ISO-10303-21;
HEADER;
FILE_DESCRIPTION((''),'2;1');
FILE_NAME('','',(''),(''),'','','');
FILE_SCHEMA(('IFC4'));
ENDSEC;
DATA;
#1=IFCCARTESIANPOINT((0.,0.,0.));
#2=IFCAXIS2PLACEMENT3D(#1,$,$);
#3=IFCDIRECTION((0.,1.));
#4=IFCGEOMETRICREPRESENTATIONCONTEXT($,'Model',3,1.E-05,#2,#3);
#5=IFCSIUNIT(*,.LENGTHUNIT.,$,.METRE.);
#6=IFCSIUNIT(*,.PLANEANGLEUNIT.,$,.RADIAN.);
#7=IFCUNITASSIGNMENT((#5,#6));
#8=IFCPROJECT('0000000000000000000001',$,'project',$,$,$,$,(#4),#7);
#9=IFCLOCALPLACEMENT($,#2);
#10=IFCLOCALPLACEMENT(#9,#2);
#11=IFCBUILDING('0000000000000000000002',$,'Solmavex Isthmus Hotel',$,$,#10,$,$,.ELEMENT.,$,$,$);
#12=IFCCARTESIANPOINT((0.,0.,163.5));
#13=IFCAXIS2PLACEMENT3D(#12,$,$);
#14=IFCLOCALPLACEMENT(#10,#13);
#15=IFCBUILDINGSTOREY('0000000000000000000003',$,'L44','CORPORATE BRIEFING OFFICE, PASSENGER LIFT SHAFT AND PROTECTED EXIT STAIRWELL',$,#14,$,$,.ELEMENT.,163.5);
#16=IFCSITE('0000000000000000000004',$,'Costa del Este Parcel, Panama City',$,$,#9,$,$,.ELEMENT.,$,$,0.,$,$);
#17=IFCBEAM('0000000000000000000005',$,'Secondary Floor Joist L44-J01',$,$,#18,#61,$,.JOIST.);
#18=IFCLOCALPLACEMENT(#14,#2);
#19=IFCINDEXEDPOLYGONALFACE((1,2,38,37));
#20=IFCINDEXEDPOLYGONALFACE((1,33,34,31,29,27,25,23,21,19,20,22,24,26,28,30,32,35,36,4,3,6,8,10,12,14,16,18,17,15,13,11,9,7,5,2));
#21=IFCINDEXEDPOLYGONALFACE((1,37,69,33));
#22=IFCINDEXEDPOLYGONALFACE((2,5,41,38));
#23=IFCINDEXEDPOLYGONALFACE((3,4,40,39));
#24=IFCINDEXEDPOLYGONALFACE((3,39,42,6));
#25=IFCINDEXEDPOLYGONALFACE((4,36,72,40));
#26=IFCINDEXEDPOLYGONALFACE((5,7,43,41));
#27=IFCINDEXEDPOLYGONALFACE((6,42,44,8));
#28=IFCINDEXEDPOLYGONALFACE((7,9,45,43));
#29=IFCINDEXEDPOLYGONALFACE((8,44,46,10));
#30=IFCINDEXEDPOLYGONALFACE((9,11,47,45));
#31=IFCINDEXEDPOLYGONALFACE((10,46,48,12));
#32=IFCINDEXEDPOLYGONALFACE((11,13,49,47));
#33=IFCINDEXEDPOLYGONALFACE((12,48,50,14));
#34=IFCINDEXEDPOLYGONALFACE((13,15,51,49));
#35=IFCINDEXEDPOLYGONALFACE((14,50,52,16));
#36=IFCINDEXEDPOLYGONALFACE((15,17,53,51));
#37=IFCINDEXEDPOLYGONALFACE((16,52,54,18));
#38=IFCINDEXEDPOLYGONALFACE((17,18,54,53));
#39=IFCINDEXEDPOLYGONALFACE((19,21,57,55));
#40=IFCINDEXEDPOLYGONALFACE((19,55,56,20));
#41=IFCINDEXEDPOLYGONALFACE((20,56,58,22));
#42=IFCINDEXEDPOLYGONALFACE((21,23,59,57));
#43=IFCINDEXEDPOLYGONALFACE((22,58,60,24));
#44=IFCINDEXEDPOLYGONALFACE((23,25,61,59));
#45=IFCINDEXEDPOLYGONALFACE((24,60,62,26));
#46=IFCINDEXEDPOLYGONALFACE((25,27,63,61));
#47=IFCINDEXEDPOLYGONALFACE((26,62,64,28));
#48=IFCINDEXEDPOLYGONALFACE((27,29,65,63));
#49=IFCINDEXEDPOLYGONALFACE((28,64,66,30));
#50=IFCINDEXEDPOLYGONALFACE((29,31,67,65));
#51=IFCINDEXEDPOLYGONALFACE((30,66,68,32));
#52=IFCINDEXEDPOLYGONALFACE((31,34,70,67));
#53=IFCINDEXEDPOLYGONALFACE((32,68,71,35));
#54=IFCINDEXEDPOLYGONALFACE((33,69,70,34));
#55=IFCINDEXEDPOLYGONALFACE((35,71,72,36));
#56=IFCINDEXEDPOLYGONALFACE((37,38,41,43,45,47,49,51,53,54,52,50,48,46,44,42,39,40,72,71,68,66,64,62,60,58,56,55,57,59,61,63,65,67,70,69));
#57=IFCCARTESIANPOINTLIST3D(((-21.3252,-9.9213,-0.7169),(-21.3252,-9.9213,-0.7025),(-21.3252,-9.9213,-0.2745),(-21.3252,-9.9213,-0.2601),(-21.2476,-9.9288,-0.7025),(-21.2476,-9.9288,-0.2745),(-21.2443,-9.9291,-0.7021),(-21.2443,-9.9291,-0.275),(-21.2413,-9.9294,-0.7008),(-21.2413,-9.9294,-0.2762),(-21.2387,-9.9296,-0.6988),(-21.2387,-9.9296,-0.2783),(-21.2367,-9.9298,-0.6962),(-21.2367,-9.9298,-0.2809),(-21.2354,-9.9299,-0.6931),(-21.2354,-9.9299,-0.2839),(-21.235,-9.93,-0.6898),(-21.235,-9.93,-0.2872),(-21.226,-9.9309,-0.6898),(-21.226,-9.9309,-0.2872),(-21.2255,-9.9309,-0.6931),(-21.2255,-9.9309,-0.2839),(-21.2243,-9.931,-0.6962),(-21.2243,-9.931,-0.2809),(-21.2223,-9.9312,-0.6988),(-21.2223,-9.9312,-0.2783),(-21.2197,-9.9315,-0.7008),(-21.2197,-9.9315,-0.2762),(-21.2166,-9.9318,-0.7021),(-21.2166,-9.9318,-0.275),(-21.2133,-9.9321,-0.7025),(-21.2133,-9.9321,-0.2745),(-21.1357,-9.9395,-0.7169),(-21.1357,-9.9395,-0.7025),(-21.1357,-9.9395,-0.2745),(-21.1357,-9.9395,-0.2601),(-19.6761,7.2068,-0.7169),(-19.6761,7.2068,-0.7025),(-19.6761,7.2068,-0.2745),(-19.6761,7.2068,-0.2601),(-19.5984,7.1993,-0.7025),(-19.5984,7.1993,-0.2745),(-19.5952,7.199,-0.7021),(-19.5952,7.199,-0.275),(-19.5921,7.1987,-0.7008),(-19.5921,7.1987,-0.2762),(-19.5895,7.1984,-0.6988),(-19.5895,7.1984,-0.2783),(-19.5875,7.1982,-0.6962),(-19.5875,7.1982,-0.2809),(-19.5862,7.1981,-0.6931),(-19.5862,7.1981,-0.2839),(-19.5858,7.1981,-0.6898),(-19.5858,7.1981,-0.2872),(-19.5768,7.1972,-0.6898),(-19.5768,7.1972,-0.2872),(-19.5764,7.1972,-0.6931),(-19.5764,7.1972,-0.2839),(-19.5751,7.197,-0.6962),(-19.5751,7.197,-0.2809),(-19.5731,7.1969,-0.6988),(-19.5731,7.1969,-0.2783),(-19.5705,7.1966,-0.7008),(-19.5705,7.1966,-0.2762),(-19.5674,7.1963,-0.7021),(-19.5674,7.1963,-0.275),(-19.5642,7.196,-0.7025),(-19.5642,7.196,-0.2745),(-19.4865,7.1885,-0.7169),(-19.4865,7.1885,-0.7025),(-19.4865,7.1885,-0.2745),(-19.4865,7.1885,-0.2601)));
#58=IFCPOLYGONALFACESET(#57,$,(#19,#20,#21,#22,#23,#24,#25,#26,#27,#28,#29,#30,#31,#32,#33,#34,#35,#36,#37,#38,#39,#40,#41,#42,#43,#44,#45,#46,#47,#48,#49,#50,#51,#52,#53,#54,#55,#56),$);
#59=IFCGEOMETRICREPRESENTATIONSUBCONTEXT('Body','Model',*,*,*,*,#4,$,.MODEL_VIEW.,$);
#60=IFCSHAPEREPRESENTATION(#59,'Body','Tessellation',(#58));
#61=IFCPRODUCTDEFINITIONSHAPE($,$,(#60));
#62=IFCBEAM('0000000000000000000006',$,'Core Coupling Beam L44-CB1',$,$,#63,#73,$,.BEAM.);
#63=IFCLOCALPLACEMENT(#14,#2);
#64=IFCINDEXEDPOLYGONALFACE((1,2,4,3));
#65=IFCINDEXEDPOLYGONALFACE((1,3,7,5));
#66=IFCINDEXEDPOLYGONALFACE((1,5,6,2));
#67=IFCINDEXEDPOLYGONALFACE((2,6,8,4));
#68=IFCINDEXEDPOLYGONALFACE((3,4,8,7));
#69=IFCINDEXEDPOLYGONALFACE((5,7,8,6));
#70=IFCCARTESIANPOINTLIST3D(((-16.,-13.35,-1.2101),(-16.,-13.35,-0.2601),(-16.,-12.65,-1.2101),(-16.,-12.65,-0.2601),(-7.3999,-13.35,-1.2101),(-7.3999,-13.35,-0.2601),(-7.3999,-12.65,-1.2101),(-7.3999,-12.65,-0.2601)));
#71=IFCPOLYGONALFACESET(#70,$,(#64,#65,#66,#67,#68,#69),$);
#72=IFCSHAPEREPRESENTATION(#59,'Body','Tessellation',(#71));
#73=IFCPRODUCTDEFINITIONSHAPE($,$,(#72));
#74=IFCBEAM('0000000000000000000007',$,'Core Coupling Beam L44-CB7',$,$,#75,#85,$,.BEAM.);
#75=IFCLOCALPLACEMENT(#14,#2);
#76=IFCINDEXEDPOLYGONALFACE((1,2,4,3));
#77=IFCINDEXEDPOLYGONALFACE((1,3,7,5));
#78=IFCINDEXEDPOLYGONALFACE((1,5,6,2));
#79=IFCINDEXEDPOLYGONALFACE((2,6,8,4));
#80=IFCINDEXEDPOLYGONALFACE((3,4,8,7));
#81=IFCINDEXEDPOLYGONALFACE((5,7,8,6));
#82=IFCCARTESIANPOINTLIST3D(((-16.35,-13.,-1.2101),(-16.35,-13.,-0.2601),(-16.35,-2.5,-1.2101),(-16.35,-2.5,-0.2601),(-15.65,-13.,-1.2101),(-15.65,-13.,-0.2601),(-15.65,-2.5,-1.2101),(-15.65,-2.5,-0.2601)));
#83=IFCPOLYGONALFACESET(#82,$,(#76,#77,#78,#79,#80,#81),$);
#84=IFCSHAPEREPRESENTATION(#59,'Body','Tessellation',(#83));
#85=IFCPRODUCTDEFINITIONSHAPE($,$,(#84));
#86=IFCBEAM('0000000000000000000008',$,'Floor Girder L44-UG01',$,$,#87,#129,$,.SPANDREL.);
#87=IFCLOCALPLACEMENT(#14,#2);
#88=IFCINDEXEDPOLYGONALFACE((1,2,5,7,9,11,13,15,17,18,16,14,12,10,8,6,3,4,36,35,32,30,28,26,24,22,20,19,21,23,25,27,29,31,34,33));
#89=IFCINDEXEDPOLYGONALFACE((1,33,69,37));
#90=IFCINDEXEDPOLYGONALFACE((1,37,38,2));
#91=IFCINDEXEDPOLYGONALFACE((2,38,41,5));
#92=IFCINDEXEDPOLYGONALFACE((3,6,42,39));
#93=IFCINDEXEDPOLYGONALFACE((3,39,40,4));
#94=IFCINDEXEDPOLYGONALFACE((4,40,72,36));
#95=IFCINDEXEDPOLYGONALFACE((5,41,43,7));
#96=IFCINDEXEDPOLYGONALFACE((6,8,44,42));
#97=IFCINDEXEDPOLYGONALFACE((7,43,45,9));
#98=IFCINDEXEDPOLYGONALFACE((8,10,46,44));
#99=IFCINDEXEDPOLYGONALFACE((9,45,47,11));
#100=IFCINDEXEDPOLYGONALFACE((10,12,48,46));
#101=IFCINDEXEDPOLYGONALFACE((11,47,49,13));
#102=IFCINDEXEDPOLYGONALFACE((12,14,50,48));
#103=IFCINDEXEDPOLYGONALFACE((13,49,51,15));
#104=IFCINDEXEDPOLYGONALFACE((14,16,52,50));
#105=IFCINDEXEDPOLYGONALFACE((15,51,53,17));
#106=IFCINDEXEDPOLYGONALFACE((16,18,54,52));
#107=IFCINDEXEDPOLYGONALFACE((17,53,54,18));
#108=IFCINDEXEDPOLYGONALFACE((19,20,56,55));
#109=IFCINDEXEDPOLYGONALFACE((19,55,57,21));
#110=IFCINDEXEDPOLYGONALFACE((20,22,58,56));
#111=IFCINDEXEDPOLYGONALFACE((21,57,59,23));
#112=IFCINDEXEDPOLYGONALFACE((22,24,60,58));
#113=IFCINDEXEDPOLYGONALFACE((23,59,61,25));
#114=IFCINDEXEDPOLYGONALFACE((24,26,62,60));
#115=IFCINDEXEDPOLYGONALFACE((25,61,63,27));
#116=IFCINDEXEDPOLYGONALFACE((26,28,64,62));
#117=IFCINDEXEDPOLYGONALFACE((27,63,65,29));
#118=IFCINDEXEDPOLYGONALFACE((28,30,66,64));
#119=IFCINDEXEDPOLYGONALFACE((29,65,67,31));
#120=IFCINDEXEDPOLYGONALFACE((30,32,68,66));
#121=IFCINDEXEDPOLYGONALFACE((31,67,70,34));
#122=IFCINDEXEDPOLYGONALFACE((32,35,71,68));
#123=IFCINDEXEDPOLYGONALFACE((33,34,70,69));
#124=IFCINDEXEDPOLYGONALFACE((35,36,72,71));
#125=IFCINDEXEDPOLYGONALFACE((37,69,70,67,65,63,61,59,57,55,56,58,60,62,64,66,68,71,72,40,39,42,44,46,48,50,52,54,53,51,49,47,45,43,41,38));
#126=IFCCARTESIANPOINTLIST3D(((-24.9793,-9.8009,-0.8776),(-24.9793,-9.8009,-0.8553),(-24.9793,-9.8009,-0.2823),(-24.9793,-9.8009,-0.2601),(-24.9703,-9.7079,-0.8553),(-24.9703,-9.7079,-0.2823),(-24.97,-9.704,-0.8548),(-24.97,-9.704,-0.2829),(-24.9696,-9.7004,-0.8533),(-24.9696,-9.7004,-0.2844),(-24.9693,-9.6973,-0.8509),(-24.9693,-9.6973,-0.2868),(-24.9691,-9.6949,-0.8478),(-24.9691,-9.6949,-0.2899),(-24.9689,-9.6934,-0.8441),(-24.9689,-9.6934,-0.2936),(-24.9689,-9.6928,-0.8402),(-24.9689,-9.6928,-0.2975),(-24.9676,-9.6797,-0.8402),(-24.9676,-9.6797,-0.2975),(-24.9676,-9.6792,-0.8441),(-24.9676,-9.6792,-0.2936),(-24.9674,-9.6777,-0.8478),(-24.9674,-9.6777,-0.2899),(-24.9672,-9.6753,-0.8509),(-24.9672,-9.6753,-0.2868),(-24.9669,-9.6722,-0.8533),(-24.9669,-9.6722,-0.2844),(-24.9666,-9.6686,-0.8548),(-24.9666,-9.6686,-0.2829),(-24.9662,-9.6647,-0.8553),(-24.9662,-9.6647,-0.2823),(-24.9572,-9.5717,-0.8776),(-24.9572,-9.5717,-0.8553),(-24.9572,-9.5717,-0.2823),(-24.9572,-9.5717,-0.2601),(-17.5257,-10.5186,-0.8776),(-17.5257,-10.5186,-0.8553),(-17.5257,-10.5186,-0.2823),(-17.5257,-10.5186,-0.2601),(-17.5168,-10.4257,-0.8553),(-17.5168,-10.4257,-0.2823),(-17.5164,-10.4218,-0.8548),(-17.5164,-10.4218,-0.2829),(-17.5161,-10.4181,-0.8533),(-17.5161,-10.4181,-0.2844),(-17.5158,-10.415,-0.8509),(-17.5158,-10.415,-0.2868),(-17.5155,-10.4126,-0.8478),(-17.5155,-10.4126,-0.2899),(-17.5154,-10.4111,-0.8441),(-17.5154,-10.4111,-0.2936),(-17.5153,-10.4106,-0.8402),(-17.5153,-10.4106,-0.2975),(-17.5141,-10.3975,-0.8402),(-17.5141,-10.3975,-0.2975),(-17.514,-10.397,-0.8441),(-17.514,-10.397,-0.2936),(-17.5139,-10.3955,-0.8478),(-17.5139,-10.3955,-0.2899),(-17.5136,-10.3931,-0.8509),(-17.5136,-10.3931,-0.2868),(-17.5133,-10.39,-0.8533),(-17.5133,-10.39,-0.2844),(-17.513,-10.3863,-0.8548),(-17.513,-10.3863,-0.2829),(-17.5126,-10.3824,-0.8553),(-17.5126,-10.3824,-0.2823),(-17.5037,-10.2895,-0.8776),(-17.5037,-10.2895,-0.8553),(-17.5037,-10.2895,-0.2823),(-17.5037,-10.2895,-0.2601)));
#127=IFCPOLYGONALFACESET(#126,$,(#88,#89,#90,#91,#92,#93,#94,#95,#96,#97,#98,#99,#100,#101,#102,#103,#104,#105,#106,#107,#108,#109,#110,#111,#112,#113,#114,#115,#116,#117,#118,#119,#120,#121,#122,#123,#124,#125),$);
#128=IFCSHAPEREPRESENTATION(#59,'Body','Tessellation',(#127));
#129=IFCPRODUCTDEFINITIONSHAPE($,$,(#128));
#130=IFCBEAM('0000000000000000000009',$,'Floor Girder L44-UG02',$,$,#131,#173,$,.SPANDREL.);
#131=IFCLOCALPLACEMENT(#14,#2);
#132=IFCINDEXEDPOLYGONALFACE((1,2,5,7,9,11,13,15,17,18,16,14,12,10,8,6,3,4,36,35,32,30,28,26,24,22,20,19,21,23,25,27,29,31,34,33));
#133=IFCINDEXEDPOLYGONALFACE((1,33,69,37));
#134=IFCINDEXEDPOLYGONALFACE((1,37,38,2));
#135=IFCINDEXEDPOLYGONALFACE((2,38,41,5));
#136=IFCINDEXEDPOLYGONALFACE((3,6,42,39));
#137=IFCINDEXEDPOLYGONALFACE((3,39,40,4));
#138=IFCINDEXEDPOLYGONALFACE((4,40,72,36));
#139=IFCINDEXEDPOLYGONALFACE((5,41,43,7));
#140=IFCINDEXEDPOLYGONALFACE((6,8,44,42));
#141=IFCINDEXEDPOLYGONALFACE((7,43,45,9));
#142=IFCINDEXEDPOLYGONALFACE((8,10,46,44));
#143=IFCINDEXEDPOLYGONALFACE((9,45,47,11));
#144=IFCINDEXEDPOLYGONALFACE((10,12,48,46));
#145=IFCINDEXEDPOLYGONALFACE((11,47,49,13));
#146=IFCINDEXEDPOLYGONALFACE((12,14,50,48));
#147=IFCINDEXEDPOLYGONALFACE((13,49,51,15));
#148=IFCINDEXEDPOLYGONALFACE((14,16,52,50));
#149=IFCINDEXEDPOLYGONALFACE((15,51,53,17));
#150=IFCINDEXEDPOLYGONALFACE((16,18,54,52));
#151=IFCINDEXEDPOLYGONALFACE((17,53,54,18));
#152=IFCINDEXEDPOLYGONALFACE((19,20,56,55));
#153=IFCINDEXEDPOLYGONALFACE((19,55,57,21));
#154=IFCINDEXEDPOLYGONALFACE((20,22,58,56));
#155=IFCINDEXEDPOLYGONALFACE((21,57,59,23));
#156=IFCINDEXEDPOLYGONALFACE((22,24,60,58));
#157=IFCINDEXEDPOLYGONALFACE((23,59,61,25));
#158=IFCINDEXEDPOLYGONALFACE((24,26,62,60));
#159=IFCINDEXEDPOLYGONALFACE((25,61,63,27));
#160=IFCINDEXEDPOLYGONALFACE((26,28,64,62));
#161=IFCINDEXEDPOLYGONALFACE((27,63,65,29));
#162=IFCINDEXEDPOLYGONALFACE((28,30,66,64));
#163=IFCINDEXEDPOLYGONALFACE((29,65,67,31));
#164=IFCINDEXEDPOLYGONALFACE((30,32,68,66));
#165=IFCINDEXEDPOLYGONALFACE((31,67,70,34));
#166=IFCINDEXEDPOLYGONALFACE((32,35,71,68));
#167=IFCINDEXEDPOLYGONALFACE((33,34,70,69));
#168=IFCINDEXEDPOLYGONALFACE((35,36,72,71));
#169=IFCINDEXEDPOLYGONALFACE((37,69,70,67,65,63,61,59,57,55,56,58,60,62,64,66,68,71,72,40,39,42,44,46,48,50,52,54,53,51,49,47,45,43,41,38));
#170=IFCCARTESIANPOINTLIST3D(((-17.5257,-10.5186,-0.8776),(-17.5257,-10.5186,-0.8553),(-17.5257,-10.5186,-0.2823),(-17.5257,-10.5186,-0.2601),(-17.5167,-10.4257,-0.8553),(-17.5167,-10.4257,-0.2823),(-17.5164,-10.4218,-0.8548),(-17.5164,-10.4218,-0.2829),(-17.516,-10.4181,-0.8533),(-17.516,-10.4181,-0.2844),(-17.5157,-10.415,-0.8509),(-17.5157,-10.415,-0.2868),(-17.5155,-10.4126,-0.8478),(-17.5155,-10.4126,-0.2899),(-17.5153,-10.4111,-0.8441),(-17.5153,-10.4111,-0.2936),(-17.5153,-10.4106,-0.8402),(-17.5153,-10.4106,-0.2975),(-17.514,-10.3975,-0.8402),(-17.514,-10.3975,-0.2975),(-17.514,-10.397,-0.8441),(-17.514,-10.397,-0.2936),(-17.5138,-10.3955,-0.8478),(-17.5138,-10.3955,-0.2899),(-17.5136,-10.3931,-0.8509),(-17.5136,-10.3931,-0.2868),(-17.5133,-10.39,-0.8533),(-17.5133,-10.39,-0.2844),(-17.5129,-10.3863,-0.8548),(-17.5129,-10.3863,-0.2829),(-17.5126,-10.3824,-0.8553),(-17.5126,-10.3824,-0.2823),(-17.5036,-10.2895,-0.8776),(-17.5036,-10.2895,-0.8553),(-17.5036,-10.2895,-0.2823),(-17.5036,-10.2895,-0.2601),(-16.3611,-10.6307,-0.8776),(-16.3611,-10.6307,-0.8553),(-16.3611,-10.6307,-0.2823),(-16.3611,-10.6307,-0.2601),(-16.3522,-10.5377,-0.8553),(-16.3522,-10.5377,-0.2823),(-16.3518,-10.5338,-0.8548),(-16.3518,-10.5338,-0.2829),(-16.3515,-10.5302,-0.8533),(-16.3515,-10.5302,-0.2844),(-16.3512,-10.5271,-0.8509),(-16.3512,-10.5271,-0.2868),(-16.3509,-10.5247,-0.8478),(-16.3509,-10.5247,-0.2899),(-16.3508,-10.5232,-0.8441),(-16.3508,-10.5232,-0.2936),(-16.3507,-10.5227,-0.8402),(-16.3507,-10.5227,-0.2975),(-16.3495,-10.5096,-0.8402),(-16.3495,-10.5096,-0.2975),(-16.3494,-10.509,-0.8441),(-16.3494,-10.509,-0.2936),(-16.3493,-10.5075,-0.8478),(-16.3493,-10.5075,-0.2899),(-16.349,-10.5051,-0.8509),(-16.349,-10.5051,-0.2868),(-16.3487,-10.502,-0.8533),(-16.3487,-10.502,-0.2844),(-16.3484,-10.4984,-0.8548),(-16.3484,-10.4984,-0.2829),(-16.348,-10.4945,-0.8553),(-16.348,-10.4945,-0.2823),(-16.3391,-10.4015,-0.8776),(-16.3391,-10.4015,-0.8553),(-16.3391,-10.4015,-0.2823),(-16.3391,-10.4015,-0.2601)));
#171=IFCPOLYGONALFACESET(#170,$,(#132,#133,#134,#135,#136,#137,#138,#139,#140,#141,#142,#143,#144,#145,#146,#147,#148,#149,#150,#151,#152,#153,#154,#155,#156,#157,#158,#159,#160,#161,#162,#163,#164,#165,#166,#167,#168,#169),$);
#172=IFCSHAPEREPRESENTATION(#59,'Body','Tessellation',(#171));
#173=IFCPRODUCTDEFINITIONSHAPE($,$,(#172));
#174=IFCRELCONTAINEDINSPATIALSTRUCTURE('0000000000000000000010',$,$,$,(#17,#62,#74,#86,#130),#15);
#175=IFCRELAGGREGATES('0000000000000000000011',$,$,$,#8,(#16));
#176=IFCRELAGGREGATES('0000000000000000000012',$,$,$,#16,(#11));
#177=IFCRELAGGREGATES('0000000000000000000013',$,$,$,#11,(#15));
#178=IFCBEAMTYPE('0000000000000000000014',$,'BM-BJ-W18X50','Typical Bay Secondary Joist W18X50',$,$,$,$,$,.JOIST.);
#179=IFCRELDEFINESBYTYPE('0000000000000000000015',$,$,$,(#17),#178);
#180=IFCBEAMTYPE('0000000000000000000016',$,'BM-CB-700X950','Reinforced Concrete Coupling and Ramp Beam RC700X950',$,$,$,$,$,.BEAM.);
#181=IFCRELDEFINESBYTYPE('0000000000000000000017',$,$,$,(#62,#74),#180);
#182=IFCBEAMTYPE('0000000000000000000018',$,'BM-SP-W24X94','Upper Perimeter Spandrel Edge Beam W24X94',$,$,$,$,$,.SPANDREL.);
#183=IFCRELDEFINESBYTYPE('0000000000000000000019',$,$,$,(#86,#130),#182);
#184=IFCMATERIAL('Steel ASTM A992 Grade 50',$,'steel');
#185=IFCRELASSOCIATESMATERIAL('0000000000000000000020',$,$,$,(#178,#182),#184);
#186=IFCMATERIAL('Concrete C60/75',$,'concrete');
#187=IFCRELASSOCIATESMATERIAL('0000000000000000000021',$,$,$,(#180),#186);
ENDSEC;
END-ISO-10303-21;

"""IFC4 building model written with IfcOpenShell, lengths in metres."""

from ifc_helpers import new_model, si_unit, direction, frame, origin, origin_2d, place, context, subcontext, project, spatial, rectangle, i_section, extrude, material, material_profile, profile_set, type_object, element, save


model = new_model("IFC4")

# Units and contexts
model_context = context("Model", 3, precision=1e-05, world=origin(), true_north=direction((0.0, 1.0)))
body_context = subcontext(model_context, "Body", "Model", "MODEL_VIEW")
ifc_project = project(units=[si_unit("LENGTHUNIT", "METRE"), si_unit("PLANEANGLEUNIT", "RADIAN")], contexts=[model_context])

# Site, building, storey
site_placement = place(None, origin())
site = spatial("IfcSite", under=ifc_project, at=site_placement, Name="Costa del Este Parcel, Panama City", CompositionType="ELEMENT", RefElevation=0.0)
building_placement = place(site_placement, origin())
building = spatial("IfcBuilding", under=site, at=building_placement, Name="Solmavex Isthmus Hotel", CompositionType="ELEMENT")
storey_placement = place(building_placement, frame((0.0, 0.0, 163.5)))
storey = spatial("IfcBuildingStorey", under=building, at=storey_placement, Name="L44", Description="CORPORATE BRIEFING OFFICE, PASSENGER LIFT SHAFT AND PROTECTED EXIT STAIRWELL", CompositionType="ELEMENT", Elevation=163.5)

# Shared definitions
ifc_material_1 = material(Name="Concrete C60/75", Category="concrete")

# Beams
ifc_material_2 = material(Name="Steel ASTM A992 Grade 50", Category="steel")
ifc_material_profile_1 = material_profile(ifc_material_2, i_section(OverallWidth=0.1904, OverallDepth=0.4568, WebThickness=0.009, FlangeThickness=0.0144, FilletRadius=0.0127, at=origin_2d()), Name="W18X50")
ifc_profile_set_1 = profile_set([ifc_material_profile_1], Name="Steel ASTM A992 Grade 50")
beam_type_1 = type_object("IfcBeamType", Name="BM-BJ-W18X50", Description="Typical Bay Secondary Joist W18X50", PredefinedType="JOIST", material=ifc_profile_set_1)
beam_1_placement = place(storey_placement, frame((-21.2305, -9.9304, -0.4885), z_axis=(0.095841, 0.995397, 0.0), x_axis=(-0.995397, 0.095841, 0.0)))
element("IfcBeam", 1, at=beam_1_placement, inside=storey, type_object=beam_type_1, Name="Secondary Floor Joist L44-J01", PredefinedType="JOIST", context=body_context, shape_type="SweptSolid", body=[
    extrude(i_section(OverallWidth=0.1904, OverallDepth=0.4568, WebThickness=0.009, FlangeThickness=0.0144, FilletRadius=0.0127, at=origin_2d()), origin(), (0.0, 0.0, 1.0), 17.2073),
])
ifc_material_profile_2 = material_profile(ifc_material_1, rectangle(XDim=0.7, YDim=0.95, at=origin_2d()), Name="RC700X950")
ifc_profile_set_2 = profile_set([ifc_material_profile_2], Name="Concrete C60/75")
beam_type_2 = type_object("IfcBeamType", Name="BM-CB-700X950", Description="Reinforced Concrete Coupling and Ramp Beam RC700X950", PredefinedType="BEAM", material=ifc_profile_set_2)
beam_2_placement = place(storey_placement, frame((-16.0, -13.0, -0.7351), z_axis=(1.0, 0.0, 0.0), x_axis=(0.0, 1.0, 0.0)))
element("IfcBeam", 2, at=beam_2_placement, inside=storey, type_object=beam_type_2, Name="Core Coupling Beam L44-CB1", PredefinedType="BEAM", context=body_context, shape_type="SweptSolid", body=[
    extrude(rectangle(XDim=0.7, YDim=0.95, at=origin_2d()), origin(), (0.0, 0.0, 1.0), 8.6001),
])
beam_3_placement = place(storey_placement, frame((-16.0, -13.0, -0.7351), z_axis=(0.0, 1.0, 0.0), x_axis=(-1.0, 0.0, 0.0)))
element("IfcBeam", 3, at=beam_3_placement, inside=storey, type_object=beam_type_2, Name="Core Coupling Beam L44-CB7", PredefinedType="BEAM", context=body_context, shape_type="SweptSolid", body=[
    extrude(rectangle(XDim=0.7, YDim=0.95, at=origin_2d()), origin(), (0.0, 0.0, 1.0), 10.5),
])
ifc_material_profile_3 = material_profile(ifc_material_2, i_section(OverallWidth=0.2302, OverallDepth=0.6174, WebThickness=0.0132, FlangeThickness=0.0222, FilletRadius=0.0151, at=origin_2d()), Name="W24X94")
ifc_profile_set_3 = profile_set([ifc_material_profile_3], Name="Steel ASTM A992 Grade 50")
beam_type_3 = type_object("IfcBeamType", Name="BM-SP-W24X94", Description="Upper Perimeter Spandrel Edge Beam W24X94", PredefinedType="SPANDREL", material=ifc_profile_set_3)
beam_4_placement = place(storey_placement, frame((-24.9683, -9.6863, -0.5688), z_axis=(0.995395, -0.095855, 0.0), x_axis=(0.095855, 0.995395, 0.0)))
element("IfcBeam", 4, at=beam_4_placement, inside=storey, type_object=beam_type_3, Name="Floor Girder L44-UG01", PredefinedType="SPANDREL", context=body_context, shape_type="SweptSolid", body=[
    extrude(i_section(OverallWidth=0.2302, OverallDepth=0.6174, WebThickness=0.0132, FlangeThickness=0.0222, FilletRadius=0.0151, at=origin_2d()), origin(), (0.0, 0.0, 1.0), 7.488),
])
beam_5_placement = place(storey_placement, frame((-17.5146, -10.4041, -0.5688), z_axis=(0.995402, -0.095784, 0.0), x_axis=(0.095784, 0.995402, 0.0)))
element("IfcBeam", 5, at=beam_5_placement, inside=storey, type_object=beam_type_3, Name="Floor Girder L44-UG02", PredefinedType="SPANDREL", context=body_context, shape_type="SweptSolid", body=[
    extrude(i_section(OverallWidth=0.2302, OverallDepth=0.6174, WebThickness=0.0132, FlangeThickness=0.0222, FilletRadius=0.0151, at=origin_2d()), origin(), (0.0, 0.0, 1.0), 1.1699),
])

save(model, "model.ifc")
